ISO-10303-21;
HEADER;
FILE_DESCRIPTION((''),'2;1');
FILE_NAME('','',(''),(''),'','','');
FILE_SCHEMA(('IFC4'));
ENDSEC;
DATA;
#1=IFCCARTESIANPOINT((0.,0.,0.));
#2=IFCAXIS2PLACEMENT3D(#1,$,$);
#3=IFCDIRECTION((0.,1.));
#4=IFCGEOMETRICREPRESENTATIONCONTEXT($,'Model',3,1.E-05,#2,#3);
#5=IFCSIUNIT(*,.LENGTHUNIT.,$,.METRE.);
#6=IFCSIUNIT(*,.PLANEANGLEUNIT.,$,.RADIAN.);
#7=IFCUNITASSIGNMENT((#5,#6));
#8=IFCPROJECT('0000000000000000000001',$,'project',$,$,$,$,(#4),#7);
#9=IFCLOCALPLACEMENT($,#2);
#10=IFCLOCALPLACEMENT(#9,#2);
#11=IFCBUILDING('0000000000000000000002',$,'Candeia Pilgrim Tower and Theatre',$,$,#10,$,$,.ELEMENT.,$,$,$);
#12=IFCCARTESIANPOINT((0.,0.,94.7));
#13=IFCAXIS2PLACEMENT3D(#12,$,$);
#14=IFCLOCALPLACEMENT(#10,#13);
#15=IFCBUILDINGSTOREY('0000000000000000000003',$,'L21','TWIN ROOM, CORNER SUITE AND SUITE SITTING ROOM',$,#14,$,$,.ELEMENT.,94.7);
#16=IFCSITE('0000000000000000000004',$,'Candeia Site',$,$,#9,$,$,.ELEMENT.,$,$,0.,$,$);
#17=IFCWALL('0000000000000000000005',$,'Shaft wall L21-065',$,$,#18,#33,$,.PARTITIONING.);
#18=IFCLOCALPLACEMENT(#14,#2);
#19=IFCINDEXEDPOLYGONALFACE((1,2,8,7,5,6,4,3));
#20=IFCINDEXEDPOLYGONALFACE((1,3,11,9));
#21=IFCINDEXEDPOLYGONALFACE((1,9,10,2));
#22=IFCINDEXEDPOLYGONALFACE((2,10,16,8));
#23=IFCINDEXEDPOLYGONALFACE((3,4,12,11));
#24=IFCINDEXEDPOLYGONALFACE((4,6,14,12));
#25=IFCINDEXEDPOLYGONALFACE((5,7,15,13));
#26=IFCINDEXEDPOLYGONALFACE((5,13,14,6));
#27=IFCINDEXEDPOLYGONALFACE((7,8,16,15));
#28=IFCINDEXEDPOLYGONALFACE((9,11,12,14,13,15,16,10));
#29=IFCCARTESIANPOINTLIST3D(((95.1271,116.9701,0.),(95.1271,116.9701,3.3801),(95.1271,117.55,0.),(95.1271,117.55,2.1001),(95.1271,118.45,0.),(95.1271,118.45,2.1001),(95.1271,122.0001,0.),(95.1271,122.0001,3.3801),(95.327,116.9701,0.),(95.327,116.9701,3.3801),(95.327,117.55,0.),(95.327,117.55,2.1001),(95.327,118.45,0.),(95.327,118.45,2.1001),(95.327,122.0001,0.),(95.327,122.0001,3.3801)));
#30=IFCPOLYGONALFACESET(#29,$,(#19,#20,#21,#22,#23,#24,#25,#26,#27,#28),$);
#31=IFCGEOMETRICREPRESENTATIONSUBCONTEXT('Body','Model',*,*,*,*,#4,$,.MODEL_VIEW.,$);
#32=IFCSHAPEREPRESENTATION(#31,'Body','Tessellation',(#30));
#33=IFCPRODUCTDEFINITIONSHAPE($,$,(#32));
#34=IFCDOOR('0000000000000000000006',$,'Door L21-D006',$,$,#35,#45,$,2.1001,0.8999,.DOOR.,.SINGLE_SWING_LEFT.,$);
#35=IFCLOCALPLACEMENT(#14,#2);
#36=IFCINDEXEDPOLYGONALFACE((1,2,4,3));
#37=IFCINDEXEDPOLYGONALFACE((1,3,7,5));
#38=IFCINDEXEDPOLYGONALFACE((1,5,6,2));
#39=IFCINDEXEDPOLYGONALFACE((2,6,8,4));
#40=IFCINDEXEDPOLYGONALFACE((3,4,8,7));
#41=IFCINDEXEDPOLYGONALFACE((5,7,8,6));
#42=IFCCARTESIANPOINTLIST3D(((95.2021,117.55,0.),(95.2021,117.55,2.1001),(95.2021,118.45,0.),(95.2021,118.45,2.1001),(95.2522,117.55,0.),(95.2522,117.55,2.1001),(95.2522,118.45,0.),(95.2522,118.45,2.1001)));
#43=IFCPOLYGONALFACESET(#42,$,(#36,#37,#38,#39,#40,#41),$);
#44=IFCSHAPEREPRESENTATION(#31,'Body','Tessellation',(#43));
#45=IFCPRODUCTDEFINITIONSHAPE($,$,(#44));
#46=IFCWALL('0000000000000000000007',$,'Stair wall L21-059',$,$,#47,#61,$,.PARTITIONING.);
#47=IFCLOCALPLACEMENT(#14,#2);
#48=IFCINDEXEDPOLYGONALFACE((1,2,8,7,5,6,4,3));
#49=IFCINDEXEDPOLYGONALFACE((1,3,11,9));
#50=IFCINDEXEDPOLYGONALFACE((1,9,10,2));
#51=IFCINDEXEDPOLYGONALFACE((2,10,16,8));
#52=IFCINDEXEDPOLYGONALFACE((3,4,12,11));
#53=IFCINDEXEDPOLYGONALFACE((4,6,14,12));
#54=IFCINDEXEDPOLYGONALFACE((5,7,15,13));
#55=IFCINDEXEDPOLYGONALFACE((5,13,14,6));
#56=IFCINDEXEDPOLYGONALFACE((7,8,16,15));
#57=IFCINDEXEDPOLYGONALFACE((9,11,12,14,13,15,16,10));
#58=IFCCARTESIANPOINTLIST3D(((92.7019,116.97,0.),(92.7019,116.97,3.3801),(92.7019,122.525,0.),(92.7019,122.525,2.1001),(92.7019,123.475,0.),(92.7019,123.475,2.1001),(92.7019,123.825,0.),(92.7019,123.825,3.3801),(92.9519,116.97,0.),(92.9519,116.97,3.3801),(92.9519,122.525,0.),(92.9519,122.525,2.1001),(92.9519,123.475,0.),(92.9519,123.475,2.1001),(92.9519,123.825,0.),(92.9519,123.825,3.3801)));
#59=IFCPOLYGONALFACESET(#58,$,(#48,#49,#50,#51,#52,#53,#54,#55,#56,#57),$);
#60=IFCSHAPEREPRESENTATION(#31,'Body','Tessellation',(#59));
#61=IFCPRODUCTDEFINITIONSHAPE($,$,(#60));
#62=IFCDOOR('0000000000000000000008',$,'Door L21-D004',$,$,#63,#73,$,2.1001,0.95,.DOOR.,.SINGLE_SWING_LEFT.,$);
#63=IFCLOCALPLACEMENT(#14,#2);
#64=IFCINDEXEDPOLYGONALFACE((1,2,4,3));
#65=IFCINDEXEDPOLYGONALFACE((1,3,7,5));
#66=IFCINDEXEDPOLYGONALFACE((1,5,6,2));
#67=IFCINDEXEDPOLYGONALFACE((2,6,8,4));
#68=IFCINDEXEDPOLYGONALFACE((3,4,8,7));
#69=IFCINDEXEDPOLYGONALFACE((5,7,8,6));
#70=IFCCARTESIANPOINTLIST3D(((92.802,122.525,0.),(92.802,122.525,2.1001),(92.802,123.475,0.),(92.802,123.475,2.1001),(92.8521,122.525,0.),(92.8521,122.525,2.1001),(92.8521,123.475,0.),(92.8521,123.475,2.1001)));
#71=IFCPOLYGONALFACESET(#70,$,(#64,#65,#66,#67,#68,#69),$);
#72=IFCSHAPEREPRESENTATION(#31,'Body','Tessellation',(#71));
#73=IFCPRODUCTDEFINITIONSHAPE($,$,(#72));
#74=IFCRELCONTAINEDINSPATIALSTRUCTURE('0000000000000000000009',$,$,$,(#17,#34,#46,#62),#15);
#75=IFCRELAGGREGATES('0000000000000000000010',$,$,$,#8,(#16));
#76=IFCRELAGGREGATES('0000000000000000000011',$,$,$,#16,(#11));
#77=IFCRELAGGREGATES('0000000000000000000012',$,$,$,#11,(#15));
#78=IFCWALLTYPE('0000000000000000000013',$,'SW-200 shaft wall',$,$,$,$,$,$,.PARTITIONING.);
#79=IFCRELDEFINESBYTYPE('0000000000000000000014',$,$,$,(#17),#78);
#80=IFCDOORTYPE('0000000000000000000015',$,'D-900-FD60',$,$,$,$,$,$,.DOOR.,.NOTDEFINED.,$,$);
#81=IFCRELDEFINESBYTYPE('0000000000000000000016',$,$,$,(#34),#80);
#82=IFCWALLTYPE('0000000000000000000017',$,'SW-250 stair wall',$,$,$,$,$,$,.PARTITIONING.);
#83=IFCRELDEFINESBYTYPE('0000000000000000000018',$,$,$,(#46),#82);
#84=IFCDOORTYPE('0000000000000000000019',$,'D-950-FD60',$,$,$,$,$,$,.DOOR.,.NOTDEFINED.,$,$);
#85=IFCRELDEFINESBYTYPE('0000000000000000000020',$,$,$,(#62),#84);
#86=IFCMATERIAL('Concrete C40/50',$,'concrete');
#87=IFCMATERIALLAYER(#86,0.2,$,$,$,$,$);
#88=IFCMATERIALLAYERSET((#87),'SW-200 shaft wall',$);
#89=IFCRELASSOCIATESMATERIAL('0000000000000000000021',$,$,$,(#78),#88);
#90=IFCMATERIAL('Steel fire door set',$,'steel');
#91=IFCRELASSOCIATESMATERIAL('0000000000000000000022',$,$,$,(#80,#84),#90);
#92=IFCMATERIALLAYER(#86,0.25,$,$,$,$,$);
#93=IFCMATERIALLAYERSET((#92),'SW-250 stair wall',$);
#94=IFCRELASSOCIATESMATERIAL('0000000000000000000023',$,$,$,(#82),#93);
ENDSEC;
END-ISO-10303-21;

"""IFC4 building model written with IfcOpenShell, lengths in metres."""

from ifc_helpers import new_model, si_unit, direction, frame, frame_2d, origin, place, context, subcontext, project, spatial, rectangle, extrude, material, layer, layer_set, type_object, element, fill, save


model = new_model("IFC4")

# Units and contexts
model_context = context("Model", 3, precision=1e-05, world=origin(), true_north=direction((0.0, 1.0)))
body_context = subcontext(model_context, "Body", "Model", "MODEL_VIEW")
ifc_project = project(units=[si_unit("LENGTHUNIT", "METRE"), si_unit("PLANEANGLEUNIT", "RADIAN")], contexts=[model_context])

# Site, building, storey
site_placement = place(None, origin())
site = spatial("IfcSite", under=ifc_project, at=site_placement, Name="Candeia Site", CompositionType="ELEMENT", RefElevation=0.0)
building_placement = place(site_placement, origin())
building = spatial("IfcBuilding", under=site, at=building_placement, Name="Candeia Pilgrim Tower and Theatre", CompositionType="ELEMENT")
storey_placement = place(building_placement, frame((0.0, 0.0, 94.7)))
storey = spatial("IfcBuildingStorey", under=building, at=storey_placement, Name="L21", Description="TWIN ROOM, CORNER SUITE AND SUITE SITTING ROOM", CompositionType="ELEMENT", Elevation=94.7)

# Walls, openings, doors
ifc_material_1 = material(Name="Concrete C40/50", Category="concrete")
ifc_layer_1 = layer(ifc_material_1, 0.2)
ifc_layer_set_1 = layer_set([ifc_layer_1], Name="SW-200 shaft wall")
wall_type_1 = type_object("IfcWallType", Name="SW-200 shaft wall", PredefinedType="PARTITIONING", material=ifc_layer_set_1)
ifc_material_2 = material(Name="Steel fire door set", Category="steel")
door_type_1 = type_object("IfcDoorType", Name="D-900-FD60", OperationType="NOTDEFINED", PredefinedType="DOOR", material=ifc_material_2)
wall_1_placement = place(storey_placement, frame((95.2271, 116.97, 0.0), z_axis=(0.0, 0.0, 1.0), x_axis=(0.0, 1.0, 0.0)))
wall_1 = element("IfcWall", 1, at=wall_1_placement, inside=storey, type_object=wall_type_1, Name="Shaft wall L21-065", PredefinedType="PARTITIONING", context=body_context, shape_type="SweptSolid", body=[
    extrude(rectangle(XDim=5.03, YDim=0.2, at=frame_2d((2.5151, 0.0))), origin(), (0.0, 0.0, 1.0), 3.3801),
])
opening_1_placement = place(wall_1_placement, frame((0.5801, 0.0, 0.0)))
opening_1 = element("IfcOpeningElement", 2, at=opening_1_placement, cuts=wall_1, PredefinedType="OPENING", context=body_context, shape_type="SweptSolid", body=[
    extrude(rectangle(XDim=0.8999, YDim=2.1001, at=frame_2d((0.45, 1.05))), frame((0.0, 0.1099, 0.0), z_axis=(0.0, -1.0, 0.0), x_axis=(1.0, 0.0, 0.0)), (0.0, 0.0, 1.0), 0.22),
])
door_1_placement = place(opening_1_placement, origin())
door_1 = element("IfcDoor", 3, at=door_1_placement, inside=storey, type_object=door_type_1, Name="Door L21-D006", OperationType="SINGLE_SWING_LEFT", OverallHeight=2.1001, OverallWidth=0.8999, PredefinedType="DOOR", context=body_context, shape_type="SweptSolid", body=[
    extrude(rectangle(XDim=0.8999, YDim=2.1001, at=frame_2d((0.45, 1.05))), frame((0.0, 0.0249, 0.0), z_axis=(0.0, -1.0, 0.0), x_axis=(1.0, 0.0, 0.0)), (0.0, 0.0, 1.0), 0.05),
])
fill(opening_1, door_1)
ifc_layer_2 = layer(ifc_material_1, 0.25)
ifc_layer_set_2 = layer_set([ifc_layer_2], Name="SW-250 stair wall")
wall_type_2 = type_object("IfcWallType", Name="SW-250 stair wall", PredefinedType="PARTITIONING", material=ifc_layer_set_2)
wall_2_placement = place(storey_placement, frame((92.8269, 116.97, 0.0), z_axis=(0.0, 0.0, 1.0), x_axis=(0.0, 1.0, 0.0)))
wall_2 = element("IfcWall", 4, at=wall_2_placement, inside=storey, type_object=wall_type_2, Name="Stair wall L21-059", PredefinedType="PARTITIONING", context=body_context, shape_type="SweptSolid", body=[
    extrude(rectangle(XDim=6.855, YDim=0.25, at=frame_2d((3.4275, 0.0))), origin(), (0.0, 0.0, 1.0), 3.3801),
])
opening_2_placement = place(wall_2_placement, frame((5.5549, 0.0, 0.0)))
opening_2 = element("IfcOpeningElement", 5, at=opening_2_placement, cuts=wall_2, PredefinedType="OPENING", context=body_context, shape_type="SweptSolid", body=[
    extrude(rectangle(XDim=0.95, YDim=2.1001, at=frame_2d((0.4751, 1.05))), frame((0.0, 0.135, 0.0), z_axis=(0.0, -1.0, 0.0), x_axis=(1.0, 0.0, 0.0)), (0.0, 0.0, 1.0), 0.27),
])
door_type_2 = type_object("IfcDoorType", Name="D-950-FD60", OperationType="NOTDEFINED", PredefinedType="DOOR", material=ifc_material_2)
door_2_placement = place(opening_2_placement, origin())
door_2 = element("IfcDoor", 6, at=door_2_placement, inside=storey, type_object=door_type_2, Name="Door L21-D004", OperationType="SINGLE_SWING_LEFT", OverallHeight=2.1001, OverallWidth=0.95, PredefinedType="DOOR", context=body_context, shape_type="SweptSolid", body=[
    extrude(rectangle(XDim=0.95, YDim=2.1001, at=frame_2d((0.4751, 1.05))), frame((0.0, 0.0249, 0.0), z_axis=(0.0, -1.0, 0.0), x_axis=(1.0, 0.0, 0.0)), (0.0, 0.0, 1.0), 0.05),
])
fill(opening_2, door_2)

save(model, "model.ifc")
